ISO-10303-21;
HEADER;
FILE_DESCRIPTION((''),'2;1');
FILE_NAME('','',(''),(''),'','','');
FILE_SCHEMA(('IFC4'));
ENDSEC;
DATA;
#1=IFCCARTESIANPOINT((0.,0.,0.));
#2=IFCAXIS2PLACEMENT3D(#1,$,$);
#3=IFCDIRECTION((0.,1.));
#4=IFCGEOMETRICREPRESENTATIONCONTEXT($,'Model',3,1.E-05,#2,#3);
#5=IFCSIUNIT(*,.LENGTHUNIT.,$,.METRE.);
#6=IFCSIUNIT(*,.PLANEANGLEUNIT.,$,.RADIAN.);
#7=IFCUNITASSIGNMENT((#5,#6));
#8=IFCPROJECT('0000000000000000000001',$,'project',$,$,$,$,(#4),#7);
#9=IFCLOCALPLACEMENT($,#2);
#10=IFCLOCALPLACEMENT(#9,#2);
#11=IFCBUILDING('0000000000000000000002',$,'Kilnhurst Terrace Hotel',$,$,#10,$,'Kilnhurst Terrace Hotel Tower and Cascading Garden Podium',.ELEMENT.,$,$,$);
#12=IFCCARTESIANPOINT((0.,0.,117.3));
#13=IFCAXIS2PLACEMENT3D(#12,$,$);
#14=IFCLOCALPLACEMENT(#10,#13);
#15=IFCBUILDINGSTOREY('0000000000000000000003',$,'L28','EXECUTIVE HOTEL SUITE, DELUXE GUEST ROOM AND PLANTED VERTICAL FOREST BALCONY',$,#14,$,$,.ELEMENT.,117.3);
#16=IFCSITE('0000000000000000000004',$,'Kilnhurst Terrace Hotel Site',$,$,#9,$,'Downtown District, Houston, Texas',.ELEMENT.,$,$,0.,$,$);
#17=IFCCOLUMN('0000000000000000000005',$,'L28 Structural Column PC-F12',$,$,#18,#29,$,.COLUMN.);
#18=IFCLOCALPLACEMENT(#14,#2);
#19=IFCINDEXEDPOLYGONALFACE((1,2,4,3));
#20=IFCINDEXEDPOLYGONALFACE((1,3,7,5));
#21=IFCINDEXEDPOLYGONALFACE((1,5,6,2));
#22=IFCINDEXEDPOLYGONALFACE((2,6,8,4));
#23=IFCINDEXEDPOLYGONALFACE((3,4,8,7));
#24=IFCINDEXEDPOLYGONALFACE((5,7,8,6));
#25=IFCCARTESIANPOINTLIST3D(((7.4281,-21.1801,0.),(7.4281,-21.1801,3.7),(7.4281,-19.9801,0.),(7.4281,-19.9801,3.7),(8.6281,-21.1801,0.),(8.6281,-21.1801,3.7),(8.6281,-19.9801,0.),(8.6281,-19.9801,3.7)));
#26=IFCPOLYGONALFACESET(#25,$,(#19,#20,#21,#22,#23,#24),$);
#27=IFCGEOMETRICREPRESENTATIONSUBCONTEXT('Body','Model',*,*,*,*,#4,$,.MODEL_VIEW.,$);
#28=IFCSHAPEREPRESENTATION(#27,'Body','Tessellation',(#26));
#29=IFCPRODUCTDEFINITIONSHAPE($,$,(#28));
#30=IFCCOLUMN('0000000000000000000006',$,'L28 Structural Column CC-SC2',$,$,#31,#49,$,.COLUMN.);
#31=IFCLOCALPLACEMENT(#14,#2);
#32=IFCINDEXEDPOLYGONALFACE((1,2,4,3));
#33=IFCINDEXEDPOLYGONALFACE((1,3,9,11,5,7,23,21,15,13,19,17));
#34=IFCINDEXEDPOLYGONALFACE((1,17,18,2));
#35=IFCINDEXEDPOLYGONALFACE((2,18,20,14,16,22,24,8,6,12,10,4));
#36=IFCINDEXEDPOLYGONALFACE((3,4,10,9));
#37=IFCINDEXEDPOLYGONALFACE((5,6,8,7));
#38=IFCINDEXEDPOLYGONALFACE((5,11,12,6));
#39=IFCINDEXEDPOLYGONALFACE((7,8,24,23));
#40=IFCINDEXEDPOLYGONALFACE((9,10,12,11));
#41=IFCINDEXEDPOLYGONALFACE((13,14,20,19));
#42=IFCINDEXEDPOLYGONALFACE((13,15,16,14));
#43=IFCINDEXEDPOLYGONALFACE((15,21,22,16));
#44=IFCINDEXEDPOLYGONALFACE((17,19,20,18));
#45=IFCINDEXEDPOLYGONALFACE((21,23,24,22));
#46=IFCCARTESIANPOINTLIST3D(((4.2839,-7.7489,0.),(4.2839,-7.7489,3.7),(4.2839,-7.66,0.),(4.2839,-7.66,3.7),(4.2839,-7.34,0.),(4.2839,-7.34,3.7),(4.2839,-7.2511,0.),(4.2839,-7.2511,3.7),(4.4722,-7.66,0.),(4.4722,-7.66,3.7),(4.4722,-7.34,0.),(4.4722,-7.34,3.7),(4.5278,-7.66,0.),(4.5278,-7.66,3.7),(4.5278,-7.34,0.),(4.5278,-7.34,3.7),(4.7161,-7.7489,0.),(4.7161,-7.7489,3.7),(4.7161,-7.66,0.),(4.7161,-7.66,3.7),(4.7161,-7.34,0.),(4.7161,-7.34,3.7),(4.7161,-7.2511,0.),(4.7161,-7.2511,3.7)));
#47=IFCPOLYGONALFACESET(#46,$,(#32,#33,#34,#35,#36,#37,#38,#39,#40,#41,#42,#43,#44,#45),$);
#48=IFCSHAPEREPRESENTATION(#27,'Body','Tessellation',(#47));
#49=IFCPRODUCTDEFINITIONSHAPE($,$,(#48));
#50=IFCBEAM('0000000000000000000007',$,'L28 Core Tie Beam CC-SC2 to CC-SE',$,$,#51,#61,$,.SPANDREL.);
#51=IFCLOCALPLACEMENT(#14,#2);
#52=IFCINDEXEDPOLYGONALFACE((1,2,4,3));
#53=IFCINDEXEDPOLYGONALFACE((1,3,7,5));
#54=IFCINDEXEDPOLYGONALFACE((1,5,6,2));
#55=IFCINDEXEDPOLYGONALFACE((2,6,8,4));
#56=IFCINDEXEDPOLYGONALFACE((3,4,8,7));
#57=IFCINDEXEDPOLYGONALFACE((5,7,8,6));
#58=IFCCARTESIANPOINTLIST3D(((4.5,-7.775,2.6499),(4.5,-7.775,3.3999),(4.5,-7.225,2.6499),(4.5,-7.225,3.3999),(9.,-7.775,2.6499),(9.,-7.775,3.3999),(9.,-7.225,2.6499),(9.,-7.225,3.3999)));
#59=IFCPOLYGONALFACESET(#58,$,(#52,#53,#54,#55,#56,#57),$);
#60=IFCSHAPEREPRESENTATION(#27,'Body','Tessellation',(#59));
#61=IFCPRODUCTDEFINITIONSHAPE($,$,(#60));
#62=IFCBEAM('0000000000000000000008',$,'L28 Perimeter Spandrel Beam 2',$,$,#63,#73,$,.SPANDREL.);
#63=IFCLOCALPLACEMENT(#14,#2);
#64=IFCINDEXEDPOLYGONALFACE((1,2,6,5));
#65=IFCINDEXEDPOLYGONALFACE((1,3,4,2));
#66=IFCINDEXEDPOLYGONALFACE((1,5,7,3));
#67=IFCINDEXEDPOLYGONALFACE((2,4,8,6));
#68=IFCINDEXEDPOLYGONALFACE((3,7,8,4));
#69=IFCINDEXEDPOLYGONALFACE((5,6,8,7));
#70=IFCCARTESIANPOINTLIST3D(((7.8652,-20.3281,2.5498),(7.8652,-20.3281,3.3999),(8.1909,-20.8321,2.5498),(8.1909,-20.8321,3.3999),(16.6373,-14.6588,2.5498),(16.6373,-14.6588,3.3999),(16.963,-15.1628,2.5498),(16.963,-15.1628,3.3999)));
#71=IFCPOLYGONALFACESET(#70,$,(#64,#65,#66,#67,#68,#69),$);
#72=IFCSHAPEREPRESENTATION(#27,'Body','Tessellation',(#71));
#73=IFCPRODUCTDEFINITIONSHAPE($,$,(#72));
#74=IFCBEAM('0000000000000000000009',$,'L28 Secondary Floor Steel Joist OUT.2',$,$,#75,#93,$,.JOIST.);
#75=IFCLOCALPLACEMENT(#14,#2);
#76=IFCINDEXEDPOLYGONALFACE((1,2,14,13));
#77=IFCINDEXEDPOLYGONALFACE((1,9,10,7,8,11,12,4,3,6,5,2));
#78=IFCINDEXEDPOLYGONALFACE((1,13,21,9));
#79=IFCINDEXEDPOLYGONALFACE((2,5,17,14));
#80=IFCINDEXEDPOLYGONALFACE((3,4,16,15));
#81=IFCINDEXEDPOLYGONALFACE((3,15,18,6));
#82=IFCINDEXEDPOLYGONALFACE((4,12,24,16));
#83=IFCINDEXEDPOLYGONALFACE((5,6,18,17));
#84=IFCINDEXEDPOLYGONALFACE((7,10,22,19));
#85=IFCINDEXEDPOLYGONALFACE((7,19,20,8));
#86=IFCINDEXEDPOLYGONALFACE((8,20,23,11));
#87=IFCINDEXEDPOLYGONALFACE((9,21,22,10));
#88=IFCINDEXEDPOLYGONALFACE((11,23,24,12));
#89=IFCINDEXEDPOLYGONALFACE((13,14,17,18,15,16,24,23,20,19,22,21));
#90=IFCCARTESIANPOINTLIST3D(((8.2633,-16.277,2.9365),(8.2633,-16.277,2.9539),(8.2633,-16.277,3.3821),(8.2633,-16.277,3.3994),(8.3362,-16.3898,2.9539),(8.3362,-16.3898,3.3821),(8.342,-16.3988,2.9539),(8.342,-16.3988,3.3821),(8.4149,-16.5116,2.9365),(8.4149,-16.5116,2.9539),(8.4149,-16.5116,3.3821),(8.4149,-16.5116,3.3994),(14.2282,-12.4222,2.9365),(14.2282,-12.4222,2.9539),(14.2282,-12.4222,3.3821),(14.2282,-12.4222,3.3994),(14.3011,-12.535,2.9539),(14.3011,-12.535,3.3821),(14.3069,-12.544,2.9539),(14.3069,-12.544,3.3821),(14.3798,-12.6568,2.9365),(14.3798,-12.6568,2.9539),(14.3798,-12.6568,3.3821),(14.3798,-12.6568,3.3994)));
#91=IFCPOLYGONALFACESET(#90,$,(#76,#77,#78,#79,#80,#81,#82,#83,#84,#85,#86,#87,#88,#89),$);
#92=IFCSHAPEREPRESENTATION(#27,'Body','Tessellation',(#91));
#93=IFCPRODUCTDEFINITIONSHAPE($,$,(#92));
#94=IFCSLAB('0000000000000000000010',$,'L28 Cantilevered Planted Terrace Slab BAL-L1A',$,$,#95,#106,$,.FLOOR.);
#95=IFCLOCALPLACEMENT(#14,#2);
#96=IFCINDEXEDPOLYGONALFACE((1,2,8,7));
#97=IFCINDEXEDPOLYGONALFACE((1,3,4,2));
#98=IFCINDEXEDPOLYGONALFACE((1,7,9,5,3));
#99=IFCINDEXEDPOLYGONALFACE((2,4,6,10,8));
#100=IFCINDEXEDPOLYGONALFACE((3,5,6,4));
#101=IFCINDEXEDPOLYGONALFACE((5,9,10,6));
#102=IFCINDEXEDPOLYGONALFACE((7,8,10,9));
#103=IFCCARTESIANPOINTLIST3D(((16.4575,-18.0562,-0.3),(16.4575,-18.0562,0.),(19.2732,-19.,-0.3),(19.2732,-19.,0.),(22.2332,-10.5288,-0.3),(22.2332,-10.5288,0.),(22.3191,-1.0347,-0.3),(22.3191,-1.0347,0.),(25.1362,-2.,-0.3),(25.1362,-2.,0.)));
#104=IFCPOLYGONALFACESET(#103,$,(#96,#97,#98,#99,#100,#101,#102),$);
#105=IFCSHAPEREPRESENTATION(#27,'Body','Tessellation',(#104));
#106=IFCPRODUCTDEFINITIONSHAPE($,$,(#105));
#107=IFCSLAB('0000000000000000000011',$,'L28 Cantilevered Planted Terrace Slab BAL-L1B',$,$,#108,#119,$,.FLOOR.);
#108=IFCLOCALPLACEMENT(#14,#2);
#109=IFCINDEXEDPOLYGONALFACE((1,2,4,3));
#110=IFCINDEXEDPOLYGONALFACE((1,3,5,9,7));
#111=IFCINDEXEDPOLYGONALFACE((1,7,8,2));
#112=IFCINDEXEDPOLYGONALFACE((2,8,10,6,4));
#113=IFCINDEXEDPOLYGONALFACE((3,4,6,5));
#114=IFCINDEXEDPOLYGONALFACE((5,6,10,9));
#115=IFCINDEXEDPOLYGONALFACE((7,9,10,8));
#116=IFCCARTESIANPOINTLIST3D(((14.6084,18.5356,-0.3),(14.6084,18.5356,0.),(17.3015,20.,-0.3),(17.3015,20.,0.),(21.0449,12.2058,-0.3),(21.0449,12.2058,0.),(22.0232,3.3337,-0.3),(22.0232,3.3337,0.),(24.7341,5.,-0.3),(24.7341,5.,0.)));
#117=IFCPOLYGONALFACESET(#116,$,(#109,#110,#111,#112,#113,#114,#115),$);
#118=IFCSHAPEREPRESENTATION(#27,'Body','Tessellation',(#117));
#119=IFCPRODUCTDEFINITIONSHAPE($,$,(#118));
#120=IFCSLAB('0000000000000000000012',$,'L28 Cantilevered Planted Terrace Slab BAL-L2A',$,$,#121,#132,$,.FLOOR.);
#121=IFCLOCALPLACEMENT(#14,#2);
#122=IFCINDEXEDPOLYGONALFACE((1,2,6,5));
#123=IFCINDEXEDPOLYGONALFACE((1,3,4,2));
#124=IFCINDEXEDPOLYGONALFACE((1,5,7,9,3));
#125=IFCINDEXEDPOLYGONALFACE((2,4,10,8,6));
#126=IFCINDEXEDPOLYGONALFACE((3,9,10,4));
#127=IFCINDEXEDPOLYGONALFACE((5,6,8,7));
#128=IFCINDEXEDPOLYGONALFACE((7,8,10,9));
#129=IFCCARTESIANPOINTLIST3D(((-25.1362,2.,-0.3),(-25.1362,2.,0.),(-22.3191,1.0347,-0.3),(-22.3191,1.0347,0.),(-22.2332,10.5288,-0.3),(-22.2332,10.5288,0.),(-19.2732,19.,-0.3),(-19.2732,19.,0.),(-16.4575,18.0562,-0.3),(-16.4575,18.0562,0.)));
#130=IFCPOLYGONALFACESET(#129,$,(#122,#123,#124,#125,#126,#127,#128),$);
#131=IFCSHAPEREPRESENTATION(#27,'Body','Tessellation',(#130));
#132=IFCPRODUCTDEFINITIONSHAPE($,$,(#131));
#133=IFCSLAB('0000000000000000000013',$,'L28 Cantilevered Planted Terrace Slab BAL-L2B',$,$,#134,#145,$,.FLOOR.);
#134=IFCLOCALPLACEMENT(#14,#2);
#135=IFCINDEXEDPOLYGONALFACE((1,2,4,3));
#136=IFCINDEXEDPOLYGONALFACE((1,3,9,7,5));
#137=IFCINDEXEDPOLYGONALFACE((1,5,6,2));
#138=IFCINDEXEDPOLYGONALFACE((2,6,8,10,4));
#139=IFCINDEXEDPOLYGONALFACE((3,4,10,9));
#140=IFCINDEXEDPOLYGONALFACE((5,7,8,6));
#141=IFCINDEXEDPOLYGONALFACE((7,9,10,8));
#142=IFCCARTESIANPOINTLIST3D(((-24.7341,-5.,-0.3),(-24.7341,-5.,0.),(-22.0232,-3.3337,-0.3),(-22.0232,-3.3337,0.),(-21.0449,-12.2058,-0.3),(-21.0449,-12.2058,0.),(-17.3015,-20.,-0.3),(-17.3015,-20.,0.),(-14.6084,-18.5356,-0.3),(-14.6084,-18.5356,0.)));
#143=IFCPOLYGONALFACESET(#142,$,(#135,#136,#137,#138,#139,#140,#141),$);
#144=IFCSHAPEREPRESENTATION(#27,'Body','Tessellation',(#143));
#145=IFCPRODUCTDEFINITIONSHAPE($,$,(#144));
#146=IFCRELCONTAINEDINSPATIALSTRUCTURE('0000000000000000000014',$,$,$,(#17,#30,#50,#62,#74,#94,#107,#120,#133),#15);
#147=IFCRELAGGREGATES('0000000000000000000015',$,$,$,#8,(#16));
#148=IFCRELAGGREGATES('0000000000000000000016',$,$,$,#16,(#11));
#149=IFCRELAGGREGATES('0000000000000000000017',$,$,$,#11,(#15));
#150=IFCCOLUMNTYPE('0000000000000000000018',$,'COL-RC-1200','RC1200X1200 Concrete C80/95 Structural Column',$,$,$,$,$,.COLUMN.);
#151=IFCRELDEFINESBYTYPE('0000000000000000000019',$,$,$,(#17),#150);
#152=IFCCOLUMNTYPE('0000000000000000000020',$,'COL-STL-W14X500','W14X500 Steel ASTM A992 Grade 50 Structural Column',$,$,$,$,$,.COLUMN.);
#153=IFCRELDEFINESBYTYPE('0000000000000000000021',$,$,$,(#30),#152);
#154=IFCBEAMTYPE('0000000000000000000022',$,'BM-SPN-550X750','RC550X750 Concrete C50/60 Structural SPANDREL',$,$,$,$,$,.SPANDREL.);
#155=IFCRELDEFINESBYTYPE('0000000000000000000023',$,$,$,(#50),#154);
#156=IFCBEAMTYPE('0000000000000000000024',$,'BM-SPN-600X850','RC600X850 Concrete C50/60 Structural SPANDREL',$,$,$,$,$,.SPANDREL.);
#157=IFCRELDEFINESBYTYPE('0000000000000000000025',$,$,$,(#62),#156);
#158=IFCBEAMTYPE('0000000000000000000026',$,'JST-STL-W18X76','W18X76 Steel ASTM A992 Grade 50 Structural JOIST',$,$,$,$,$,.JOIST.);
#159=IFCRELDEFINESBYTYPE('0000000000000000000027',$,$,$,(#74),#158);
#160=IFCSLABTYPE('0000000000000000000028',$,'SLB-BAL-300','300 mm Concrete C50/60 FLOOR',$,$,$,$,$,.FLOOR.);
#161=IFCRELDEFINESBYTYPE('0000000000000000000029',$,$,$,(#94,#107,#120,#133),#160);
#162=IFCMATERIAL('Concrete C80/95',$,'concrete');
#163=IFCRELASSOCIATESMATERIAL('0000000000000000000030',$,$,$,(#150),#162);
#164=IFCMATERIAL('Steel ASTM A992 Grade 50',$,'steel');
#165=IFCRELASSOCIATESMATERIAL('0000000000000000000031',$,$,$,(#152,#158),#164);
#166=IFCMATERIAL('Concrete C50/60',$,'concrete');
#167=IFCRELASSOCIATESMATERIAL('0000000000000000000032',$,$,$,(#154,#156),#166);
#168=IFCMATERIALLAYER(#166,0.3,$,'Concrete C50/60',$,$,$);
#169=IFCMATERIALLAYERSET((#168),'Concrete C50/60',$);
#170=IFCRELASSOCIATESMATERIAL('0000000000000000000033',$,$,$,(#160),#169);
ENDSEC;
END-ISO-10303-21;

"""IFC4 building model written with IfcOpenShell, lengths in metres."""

from ifc_helpers import new_model, si_unit, direction, frame, origin, origin_2d, place, context, subcontext, project, spatial, polyline, rectangle, i_section, outline, extrude, material, layer, layer_set, material_profile, profile_set, type_object, element, save


model = new_model("IFC4")

# Units and contexts
model_context = context("Model", 3, precision=1e-05, world=origin(), true_north=direction((0.0, 1.0)))
body_context = subcontext(model_context, "Body", "Model", "MODEL_VIEW")
ifc_project = project(units=[si_unit("LENGTHUNIT", "METRE"), si_unit("PLANEANGLEUNIT", "RADIAN")], contexts=[model_context])

# Site, building, storey
site_placement = place(None, origin())
site = spatial("IfcSite", under=ifc_project, at=site_placement, Name="Kilnhurst Terrace Hotel Site", LongName="Downtown District, Houston, Texas", CompositionType="ELEMENT", RefElevation=0.0)
building_placement = place(site_placement, origin())
building = spatial("IfcBuilding", under=site, at=building_placement, Name="Kilnhurst Terrace Hotel", LongName="Kilnhurst Terrace Hotel Tower and Cascading Garden Podium", CompositionType="ELEMENT")
storey_placement = place(building_placement, frame((0.0, 0.0, 117.3)))
storey = spatial("IfcBuildingStorey", under=building, at=storey_placement, Name="L28", Description="EXECUTIVE HOTEL SUITE, DELUXE GUEST ROOM AND PLANTED VERTICAL FOREST BALCONY", CompositionType="ELEMENT", Elevation=117.3)

# Columns
ifc_material_1 = material(Name="Concrete C80/95", Category="concrete")
ifc_material_profile_1 = material_profile(ifc_material_1, rectangle(XDim=1.2, YDim=1.2, at=origin_2d()), Name="RC1200X1200")
ifc_profile_set_1 = profile_set([ifc_material_profile_1], Name="Concrete C80/95")
column_type_1 = type_object("IfcColumnType", Name="COL-RC-1200", Description="RC1200X1200 Concrete C80/95 Structural Column", PredefinedType="COLUMN", material=ifc_profile_set_1)
column_1_placement = place(storey_placement, frame((8.0281, -20.5801, 0.0), z_axis=(0.0, 0.0, 1.0), x_axis=(1.0, 0.0, 0.0)))
element("IfcColumn", 1, at=column_1_placement, inside=storey, type_object=column_type_1, Name="L28 Structural Column PC-F12", PredefinedType="COLUMN", context=body_context, shape_type="SweptSolid", body=[
    extrude(rectangle(XDim=1.2, YDim=1.2, at=origin_2d()), origin(), (0.0, 0.0, 1.0), 3.7),
])
ifc_material_2 = material(Name="Steel ASTM A992 Grade 50", Category="steel")
ifc_material_profile_2 = material_profile(ifc_material_2, i_section(OverallWidth=0.4321, OverallDepth=0.4978, WebThickness=0.0557, FlangeThickness=0.0889, at=origin_2d()), Name="W14X500")
ifc_profile_set_2 = profile_set([ifc_material_profile_2], Name="Steel ASTM A992 Grade 50")
column_type_2 = type_object("IfcColumnType", Name="COL-STL-W14X500", Description="W14X500 Steel ASTM A992 Grade 50 Structural Column", PredefinedType="COLUMN", material=ifc_profile_set_2)
column_2_placement = place(storey_placement, frame((4.5, -7.5, 0.0), z_axis=(0.0, 0.0, 1.0), x_axis=(1.0, 0.0, 0.0)))
element("IfcColumn", 2, at=column_2_placement, inside=storey, type_object=column_type_2, Name="L28 Structural Column CC-SC2", PredefinedType="COLUMN", context=body_context, shape_type="SweptSolid", body=[
    extrude(i_section(OverallWidth=0.4321, OverallDepth=0.4978, WebThickness=0.0557, FlangeThickness=0.0889, at=origin_2d()), origin(), (0.0, 0.0, 1.0), 3.7),
])

# Beams
ifc_material_3 = material(Name="Concrete C50/60", Category="concrete")
ifc_material_profile_3 = material_profile(ifc_material_3, rectangle(XDim=0.55, YDim=0.75, at=origin_2d()), Name="RC550X750")
ifc_profile_set_3 = profile_set([ifc_material_profile_3], Name="Concrete C50/60")
beam_type_1 = type_object("IfcBeamType", Name="BM-SPN-550X750", Description="RC550X750 Concrete C50/60 Structural SPANDREL", PredefinedType="SPANDREL", material=ifc_profile_set_3)
beam_1_placement = place(storey_placement, frame((4.5, -7.5, 3.0249), z_axis=(1.0, 0.0, 0.0), x_axis=(0.0, 1.0, 0.0)))
element("IfcBeam", 3, at=beam_1_placement, inside=storey, type_object=beam_type_1, Name="L28 Core Tie Beam CC-SC2 to CC-SE", PredefinedType="SPANDREL", context=body_context, shape_type="SweptSolid", body=[
    extrude(rectangle(XDim=0.55, YDim=0.75, at=origin_2d()), origin(), (0.0, 0.0, 1.0), 4.5),
])
ifc_material_profile_4 = material_profile(ifc_material_3, rectangle(XDim=0.6001, YDim=0.8501, at=origin_2d()), Name="RC600X850")
ifc_profile_set_4 = profile_set([ifc_material_profile_4], Name="Concrete C50/60")
beam_type_2 = type_object("IfcBeamType", Name="BM-SPN-600X850", Description="RC600X850 Concrete C50/60 Structural SPANDREL", PredefinedType="SPANDREL", material=ifc_profile_set_4)
beam_2_placement = place(storey_placement, frame((8.0281, -20.5801, 2.9749), z_axis=(0.839867, 0.542793, 0.0), x_axis=(-0.542793, 0.839867, 0.0)))
element("IfcBeam", 4, at=beam_2_placement, inside=storey, type_object=beam_type_2, Name="L28 Perimeter Spandrel Beam 2", PredefinedType="SPANDREL", context=body_context, shape_type="SweptSolid", body=[
    extrude(rectangle(XDim=0.6001, YDim=0.8501, at=origin_2d()), origin(), (0.0, 0.0, 1.0), 10.4446),
])
ifc_material_profile_5 = material_profile(ifc_material_2, i_section(OverallWidth=0.2793, OverallDepth=0.4629, WebThickness=0.0107, FlangeThickness=0.0173, at=origin_2d()), Name="W18X76")
ifc_profile_set_5 = profile_set([ifc_material_profile_5], Name="Steel ASTM A992 Grade 50")
beam_type_3 = type_object("IfcBeamType", Name="JST-STL-W18X76", Description="W18X76 Steel ASTM A992 Grade 50 Structural JOIST", PredefinedType="JOIST", material=ifc_profile_set_5)
beam_3_placement = place(storey_placement, frame((8.3391, -16.3943, 3.168), z_axis=(0.839883, 0.542768, 0.0), x_axis=(-0.542768, 0.839883, 0.0)))
element("IfcBeam", 5, at=beam_3_placement, inside=storey, type_object=beam_type_3, Name="L28 Secondary Floor Steel Joist OUT.2", PredefinedType="JOIST", context=body_context, shape_type="SweptSolid", body=[
    extrude(i_section(OverallWidth=0.2793, OverallDepth=0.4629, WebThickness=0.0107, FlangeThickness=0.0173, at=origin_2d()), origin(), (0.0, 0.0, 1.0), 7.1021),
])

# Slabs
ifc_layer_1 = layer(ifc_material_3, 0.3, Name="Concrete C50/60")
ifc_layer_set_1 = layer_set([ifc_layer_1], Name="Concrete C50/60")
slab_type_1 = type_object("IfcSlabType", Name="SLB-BAL-300", Description="300 mm Concrete C50/60 FLOOR", PredefinedType="FLOOR", material=ifc_layer_set_1)
slab_1_placement = place(storey_placement, frame((0.0, 0.0, -0.3)))
element("IfcSlab", 6, at=slab_1_placement, inside=storey, type_object=slab_type_1, Name="L28 Cantilevered Planted Terrace Slab BAL-L1A", PredefinedType="FLOOR", context=body_context, shape_type="SweptSolid", body=[
    extrude(outline(polyline([(22.2332, -10.5288), (19.2732, -19.0), (16.4575, -18.0562), (22.3191, -1.0347), (25.1362, -2.0), (22.2332, -10.5288)])), origin(), (0.0, 0.0, 1.0), 0.3),
])
slab_2_placement = place(storey_placement, frame((0.0, 0.0, -0.3)))
element("IfcSlab", 7, at=slab_2_placement, inside=storey, type_object=slab_type_1, Name="L28 Cantilevered Planted Terrace Slab BAL-L1B", PredefinedType="FLOOR", context=body_context, shape_type="SweptSolid", body=[
    extrude(outline(polyline([(24.7341, 5.0), (22.0232, 3.3337), (14.6084, 18.5356), (17.3015, 20.0), (21.0449, 12.2058), (24.7341, 5.0)])), origin(), (0.0, 0.0, 1.0), 0.3),
])
slab_3_placement = place(storey_placement, frame((0.0, 0.0, -0.3)))
element("IfcSlab", 8, at=slab_3_placement, inside=storey, type_object=slab_type_1, Name="L28 Cantilevered Planted Terrace Slab BAL-L2A", PredefinedType="FLOOR", context=body_context, shape_type="SweptSolid", body=[
    extrude(outline(polyline([(-19.2732, 19.0), (-16.4575, 18.0562), (-22.3191, 1.0347), (-25.1362, 2.0), (-22.2332, 10.5288), (-19.2732, 19.0)])), origin(), (0.0, 0.0, 1.0), 0.3),
])
slab_4_placement = place(storey_placement, frame((0.0, 0.0, -0.3)))
element("IfcSlab", 9, at=slab_4_placement, inside=storey, type_object=slab_type_1, Name="L28 Cantilevered Planted Terrace Slab BAL-L2B", PredefinedType="FLOOR", context=body_context, shape_type="SweptSolid", body=[
    extrude(outline(polyline([(-24.7341, -5.0), (-22.0232, -3.3337), (-14.6084, -18.5356), (-17.3015, -20.0), (-21.0449, -12.2058), (-24.7341, -5.0)])), origin(), (0.0, 0.0, 1.0), 0.3),
])

save(model, "model.ifc")
